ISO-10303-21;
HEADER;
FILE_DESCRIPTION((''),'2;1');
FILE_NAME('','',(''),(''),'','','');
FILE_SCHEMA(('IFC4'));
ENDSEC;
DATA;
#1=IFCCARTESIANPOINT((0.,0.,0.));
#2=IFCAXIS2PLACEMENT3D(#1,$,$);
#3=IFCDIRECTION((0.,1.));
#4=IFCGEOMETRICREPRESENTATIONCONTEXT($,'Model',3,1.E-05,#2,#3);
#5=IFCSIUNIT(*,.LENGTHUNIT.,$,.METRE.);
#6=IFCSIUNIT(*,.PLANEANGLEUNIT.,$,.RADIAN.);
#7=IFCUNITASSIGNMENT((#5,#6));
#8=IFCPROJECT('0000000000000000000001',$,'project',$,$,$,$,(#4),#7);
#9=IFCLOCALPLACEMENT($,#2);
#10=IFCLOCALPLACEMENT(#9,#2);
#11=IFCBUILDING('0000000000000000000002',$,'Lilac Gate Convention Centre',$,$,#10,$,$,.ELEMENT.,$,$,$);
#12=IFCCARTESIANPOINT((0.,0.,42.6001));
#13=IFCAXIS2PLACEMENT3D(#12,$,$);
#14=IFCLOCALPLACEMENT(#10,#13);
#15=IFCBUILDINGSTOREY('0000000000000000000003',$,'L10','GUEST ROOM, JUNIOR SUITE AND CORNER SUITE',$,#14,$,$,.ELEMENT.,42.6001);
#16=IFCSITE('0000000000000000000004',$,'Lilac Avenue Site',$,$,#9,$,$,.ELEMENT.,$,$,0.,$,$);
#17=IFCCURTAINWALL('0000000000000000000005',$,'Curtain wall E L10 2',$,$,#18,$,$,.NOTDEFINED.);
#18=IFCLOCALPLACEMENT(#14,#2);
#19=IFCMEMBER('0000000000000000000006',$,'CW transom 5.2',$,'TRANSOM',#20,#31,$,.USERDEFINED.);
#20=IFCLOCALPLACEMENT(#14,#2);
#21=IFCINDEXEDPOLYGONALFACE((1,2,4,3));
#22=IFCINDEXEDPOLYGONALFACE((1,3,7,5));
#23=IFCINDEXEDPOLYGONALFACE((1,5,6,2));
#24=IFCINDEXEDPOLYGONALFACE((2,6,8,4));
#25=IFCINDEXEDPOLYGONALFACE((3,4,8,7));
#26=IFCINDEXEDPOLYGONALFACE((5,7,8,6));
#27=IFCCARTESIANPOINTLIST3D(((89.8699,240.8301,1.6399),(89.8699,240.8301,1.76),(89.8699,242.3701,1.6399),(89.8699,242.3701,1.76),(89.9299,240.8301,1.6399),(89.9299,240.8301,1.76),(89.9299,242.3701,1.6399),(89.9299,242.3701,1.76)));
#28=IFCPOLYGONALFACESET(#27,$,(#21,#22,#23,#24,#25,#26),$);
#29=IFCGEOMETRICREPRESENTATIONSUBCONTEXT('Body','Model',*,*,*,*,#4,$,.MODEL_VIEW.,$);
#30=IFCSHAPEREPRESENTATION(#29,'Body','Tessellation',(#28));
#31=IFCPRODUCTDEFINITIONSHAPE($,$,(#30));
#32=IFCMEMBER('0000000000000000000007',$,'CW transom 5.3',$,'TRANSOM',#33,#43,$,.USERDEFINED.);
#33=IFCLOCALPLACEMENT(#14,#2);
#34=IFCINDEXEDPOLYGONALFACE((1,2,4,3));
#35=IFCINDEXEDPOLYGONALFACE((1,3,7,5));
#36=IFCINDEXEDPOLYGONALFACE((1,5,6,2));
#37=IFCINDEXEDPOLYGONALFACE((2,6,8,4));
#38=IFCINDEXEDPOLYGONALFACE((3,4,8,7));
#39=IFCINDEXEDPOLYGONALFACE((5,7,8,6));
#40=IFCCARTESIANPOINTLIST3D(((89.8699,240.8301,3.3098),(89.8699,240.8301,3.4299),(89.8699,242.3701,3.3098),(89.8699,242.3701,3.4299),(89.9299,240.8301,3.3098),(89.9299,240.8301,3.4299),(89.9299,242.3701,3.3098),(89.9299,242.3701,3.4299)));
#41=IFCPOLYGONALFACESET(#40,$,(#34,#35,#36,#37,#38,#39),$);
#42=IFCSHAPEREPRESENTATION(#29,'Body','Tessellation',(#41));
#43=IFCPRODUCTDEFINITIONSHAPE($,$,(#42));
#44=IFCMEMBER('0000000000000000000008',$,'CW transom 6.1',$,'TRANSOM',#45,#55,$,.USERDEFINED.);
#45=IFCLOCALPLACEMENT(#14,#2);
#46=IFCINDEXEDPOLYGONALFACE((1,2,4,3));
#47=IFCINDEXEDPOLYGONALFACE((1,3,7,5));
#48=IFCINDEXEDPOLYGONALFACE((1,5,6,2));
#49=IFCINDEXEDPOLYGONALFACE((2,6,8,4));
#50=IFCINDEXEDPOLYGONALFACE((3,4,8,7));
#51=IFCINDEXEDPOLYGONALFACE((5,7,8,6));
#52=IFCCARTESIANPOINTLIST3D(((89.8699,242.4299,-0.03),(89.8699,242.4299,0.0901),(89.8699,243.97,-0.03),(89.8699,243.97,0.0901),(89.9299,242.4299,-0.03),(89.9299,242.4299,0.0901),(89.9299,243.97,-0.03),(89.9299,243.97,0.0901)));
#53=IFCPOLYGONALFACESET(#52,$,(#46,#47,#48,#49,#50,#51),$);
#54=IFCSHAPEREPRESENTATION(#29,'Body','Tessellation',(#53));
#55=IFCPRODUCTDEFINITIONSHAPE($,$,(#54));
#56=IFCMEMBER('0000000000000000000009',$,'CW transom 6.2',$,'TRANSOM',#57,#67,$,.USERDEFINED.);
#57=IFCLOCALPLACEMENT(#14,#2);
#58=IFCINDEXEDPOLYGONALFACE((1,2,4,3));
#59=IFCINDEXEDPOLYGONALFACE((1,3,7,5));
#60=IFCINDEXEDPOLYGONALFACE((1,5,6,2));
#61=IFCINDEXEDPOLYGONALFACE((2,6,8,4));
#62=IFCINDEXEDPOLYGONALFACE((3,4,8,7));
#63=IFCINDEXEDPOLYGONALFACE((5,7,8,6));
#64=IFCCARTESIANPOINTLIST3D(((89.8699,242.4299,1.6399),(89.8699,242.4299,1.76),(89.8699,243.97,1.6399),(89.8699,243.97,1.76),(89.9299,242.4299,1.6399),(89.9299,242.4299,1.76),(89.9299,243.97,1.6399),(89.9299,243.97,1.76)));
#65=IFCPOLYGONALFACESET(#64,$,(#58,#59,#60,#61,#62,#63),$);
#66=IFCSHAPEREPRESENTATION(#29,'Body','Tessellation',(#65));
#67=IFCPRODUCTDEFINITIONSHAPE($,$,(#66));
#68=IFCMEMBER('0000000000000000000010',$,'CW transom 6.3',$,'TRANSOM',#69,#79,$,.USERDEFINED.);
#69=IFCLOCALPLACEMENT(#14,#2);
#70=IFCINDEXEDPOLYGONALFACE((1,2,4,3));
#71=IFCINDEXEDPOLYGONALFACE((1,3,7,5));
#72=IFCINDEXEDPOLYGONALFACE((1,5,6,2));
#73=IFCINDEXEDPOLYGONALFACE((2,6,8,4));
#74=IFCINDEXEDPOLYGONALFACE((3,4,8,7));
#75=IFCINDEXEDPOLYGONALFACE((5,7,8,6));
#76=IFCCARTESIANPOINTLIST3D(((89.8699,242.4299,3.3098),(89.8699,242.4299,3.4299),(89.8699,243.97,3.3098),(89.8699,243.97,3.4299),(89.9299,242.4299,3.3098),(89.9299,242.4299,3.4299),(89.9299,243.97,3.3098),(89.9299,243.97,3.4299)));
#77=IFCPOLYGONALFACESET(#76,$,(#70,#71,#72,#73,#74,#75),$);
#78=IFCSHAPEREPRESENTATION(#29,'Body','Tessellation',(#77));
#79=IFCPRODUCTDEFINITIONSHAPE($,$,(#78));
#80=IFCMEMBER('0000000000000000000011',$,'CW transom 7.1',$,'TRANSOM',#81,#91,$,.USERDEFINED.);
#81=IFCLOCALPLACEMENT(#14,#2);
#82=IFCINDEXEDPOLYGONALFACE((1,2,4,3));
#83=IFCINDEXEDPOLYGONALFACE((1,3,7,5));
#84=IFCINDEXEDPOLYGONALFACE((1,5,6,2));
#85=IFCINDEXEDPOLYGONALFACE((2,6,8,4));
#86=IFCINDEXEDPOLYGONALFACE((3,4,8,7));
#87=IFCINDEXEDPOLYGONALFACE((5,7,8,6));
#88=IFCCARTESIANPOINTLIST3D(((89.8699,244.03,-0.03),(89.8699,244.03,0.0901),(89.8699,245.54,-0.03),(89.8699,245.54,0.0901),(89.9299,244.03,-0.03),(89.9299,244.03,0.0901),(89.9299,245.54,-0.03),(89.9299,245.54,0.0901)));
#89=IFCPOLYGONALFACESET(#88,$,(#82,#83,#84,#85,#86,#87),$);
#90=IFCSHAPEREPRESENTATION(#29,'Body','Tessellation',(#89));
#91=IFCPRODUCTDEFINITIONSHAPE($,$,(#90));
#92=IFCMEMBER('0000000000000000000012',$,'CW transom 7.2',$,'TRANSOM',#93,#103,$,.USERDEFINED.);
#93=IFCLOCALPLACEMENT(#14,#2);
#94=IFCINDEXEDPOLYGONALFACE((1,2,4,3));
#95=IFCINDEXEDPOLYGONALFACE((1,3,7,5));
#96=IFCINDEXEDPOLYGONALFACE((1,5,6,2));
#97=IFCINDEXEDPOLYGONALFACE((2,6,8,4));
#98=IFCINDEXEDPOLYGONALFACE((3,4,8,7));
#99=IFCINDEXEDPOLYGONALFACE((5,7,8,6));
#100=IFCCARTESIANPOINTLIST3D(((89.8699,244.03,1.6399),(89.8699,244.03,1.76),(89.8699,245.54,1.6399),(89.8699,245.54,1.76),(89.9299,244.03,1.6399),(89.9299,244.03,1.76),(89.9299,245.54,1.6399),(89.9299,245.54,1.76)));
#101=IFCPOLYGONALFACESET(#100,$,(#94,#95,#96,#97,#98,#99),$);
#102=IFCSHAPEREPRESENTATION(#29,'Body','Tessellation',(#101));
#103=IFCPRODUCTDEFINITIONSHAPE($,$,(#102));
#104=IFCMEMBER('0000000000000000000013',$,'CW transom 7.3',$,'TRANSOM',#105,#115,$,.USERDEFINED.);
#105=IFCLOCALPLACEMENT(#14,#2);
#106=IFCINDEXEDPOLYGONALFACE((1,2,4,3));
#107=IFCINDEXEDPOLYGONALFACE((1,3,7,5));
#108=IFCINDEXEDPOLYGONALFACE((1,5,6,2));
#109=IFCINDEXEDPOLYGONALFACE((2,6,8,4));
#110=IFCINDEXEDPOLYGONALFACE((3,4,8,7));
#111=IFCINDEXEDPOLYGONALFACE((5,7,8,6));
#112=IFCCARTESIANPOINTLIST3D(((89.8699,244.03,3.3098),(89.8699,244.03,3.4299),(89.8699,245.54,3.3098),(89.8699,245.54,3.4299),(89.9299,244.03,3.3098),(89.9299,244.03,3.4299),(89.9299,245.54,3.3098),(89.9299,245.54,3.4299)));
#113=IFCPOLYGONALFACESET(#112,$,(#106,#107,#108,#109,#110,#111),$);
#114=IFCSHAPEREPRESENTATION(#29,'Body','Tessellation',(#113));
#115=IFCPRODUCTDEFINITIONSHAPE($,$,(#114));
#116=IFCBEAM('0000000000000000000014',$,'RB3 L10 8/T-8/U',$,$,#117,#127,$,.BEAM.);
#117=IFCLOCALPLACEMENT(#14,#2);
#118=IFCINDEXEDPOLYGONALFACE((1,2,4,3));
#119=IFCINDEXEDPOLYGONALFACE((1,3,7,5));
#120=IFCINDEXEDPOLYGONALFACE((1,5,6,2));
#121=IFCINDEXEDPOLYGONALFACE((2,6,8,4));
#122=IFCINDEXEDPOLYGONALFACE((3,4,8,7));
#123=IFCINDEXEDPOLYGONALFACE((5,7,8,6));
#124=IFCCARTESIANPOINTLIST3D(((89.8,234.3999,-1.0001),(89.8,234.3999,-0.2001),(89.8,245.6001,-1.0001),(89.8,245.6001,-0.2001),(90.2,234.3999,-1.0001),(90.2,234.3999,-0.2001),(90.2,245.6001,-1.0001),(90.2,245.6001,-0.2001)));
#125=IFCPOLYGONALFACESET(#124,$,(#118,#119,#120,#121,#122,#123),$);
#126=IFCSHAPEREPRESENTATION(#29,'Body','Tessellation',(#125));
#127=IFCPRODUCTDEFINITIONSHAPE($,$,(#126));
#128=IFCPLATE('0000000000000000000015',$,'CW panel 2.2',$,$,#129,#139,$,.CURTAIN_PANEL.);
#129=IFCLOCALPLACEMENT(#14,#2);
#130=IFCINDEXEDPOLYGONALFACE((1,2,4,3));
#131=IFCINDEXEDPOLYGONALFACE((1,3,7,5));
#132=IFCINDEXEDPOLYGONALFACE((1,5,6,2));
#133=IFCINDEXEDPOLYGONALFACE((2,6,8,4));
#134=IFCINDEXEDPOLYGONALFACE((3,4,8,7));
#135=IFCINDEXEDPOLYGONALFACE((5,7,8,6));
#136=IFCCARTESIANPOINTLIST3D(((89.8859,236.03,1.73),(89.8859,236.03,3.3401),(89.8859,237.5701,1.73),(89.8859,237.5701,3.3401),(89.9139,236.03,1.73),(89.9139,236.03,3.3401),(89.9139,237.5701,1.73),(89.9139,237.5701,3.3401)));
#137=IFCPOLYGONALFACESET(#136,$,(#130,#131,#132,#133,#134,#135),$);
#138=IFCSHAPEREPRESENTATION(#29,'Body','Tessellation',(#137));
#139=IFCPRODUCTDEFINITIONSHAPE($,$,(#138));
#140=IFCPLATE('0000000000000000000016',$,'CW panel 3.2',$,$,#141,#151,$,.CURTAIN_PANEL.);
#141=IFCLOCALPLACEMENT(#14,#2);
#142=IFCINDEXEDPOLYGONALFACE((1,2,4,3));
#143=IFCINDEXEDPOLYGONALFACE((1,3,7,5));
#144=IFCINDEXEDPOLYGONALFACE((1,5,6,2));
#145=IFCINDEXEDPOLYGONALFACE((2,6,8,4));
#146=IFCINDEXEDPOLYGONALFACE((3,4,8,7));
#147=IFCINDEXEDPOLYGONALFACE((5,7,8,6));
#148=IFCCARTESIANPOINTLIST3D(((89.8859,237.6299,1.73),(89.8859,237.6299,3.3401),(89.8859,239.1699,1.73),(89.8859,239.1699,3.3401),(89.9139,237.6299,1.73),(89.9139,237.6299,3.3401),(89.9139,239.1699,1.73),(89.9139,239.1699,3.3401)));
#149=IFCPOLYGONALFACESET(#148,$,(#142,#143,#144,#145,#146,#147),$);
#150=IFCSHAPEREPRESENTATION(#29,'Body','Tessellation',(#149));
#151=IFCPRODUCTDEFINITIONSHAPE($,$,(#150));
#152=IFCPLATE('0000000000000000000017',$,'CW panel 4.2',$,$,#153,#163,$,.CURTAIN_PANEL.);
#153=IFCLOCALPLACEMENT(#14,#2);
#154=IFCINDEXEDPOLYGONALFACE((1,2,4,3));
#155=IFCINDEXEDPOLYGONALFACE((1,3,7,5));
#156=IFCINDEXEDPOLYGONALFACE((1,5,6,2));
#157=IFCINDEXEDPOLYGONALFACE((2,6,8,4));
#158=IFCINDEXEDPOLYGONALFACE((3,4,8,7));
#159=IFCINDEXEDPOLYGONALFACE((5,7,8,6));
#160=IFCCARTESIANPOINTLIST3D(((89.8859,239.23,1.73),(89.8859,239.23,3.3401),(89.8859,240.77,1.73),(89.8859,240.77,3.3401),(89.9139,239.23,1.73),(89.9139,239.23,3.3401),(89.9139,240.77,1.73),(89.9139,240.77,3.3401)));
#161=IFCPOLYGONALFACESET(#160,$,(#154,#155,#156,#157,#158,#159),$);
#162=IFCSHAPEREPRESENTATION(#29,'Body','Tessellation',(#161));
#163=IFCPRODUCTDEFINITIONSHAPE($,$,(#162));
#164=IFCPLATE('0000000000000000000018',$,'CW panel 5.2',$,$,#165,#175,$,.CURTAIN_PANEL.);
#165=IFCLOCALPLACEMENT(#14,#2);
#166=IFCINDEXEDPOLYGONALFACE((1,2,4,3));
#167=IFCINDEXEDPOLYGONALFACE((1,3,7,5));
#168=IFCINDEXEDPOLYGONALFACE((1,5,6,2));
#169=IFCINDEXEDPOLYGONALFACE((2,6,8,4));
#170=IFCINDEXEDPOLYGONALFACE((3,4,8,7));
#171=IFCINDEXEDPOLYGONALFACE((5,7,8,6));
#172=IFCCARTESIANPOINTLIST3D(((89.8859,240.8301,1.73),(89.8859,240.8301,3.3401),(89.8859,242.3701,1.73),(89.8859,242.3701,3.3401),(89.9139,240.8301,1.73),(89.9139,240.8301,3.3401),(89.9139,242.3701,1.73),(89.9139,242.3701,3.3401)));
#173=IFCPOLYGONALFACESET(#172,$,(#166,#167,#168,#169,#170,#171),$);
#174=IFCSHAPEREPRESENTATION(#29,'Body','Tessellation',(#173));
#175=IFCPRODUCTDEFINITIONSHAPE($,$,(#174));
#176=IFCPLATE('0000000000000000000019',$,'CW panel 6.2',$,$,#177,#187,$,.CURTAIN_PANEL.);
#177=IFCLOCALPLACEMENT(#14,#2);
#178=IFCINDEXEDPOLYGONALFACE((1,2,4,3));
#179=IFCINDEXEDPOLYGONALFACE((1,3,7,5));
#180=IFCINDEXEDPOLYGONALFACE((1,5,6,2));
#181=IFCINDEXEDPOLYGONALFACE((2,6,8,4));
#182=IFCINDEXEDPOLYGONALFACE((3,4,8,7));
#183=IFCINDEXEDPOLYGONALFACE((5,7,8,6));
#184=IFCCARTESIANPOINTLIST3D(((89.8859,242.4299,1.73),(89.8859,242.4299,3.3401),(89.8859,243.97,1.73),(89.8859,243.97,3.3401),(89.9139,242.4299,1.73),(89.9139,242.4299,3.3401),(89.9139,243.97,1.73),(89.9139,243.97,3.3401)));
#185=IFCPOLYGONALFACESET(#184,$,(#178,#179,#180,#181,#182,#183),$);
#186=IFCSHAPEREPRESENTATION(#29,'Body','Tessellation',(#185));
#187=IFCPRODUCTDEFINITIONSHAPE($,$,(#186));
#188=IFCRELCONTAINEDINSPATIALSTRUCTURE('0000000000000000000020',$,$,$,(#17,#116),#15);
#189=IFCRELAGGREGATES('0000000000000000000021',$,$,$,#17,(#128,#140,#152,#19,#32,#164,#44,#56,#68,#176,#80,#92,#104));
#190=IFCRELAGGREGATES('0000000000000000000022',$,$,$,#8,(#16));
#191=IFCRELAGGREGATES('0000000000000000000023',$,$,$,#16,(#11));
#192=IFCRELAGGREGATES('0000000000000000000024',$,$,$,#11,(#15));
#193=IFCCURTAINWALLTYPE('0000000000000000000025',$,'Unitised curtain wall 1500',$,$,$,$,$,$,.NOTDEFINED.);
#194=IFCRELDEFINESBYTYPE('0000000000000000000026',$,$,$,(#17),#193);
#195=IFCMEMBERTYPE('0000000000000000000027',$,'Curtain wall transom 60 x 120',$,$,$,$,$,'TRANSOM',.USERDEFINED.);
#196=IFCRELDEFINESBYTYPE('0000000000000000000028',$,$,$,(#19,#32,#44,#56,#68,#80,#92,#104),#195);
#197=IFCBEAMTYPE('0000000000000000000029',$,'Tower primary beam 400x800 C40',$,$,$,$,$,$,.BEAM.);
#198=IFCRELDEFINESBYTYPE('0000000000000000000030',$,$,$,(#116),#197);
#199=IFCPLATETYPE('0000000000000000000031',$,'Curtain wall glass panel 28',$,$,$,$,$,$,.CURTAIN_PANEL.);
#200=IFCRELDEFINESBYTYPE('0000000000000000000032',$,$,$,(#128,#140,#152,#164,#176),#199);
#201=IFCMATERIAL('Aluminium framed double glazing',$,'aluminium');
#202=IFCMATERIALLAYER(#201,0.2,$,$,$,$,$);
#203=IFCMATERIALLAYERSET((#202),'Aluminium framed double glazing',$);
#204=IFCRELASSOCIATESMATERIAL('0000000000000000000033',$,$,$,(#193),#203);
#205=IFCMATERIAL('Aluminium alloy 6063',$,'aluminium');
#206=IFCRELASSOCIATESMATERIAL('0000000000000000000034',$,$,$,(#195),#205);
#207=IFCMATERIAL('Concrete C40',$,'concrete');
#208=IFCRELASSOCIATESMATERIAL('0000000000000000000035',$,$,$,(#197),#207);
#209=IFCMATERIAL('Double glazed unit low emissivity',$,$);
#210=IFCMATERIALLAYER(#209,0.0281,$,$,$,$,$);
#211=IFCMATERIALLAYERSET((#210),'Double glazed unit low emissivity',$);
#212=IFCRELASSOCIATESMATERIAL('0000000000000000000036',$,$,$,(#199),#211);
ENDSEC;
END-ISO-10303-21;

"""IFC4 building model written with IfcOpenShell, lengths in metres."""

from ifc_helpers import new_model, si_unit, direction, frame, origin, origin_2d, place, context, subcontext, project, spatial, rectangle, extrude, material, layer, layer_set, material_profile, profile_set, type_object, element, aggregate, save


model = new_model("IFC4")

# Units and contexts
model_context = context("Model", 3, precision=1e-05, world=origin(), true_north=direction((0.0, 1.0)))
body_context = subcontext(model_context, "Body", "Model", "MODEL_VIEW")
ifc_project = project(units=[si_unit("LENGTHUNIT", "METRE"), si_unit("PLANEANGLEUNIT", "RADIAN")], contexts=[model_context])

# Site, building, storey
site_placement = place(None, origin())
site = spatial("IfcSite", under=ifc_project, at=site_placement, Name="Lilac Avenue Site", CompositionType="ELEMENT", RefElevation=0.0)
building_placement = place(site_placement, origin())
building = spatial("IfcBuilding", under=site, at=building_placement, Name="Lilac Gate Convention Centre", CompositionType="ELEMENT")
storey_placement = place(building_placement, frame((0.0, 0.0, 42.6001)))
storey = spatial("IfcBuildingStorey", under=building, at=storey_placement, Name="L10", Description="GUEST ROOM, JUNIOR SUITE AND CORNER SUITE", CompositionType="ELEMENT", Elevation=42.6001)

# Shared definitions
ifc_material_1 = material(Name="Concrete C40", Category="concrete")

# Curtain wall, members
ifc_material_2 = material(Name="Aluminium framed double glazing", Category="aluminium")
ifc_layer_1 = layer(ifc_material_2, 0.2)
ifc_layer_set_1 = layer_set([ifc_layer_1], Name="Aluminium framed double glazing")
curtain_wall_type = type_object("IfcCurtainWallType", Name="Unitised curtain wall 1500", PredefinedType="NOTDEFINED", material=ifc_layer_set_1)
curtain_wall_placement = place(storey_placement, origin())
curtain_wall = element("IfcCurtainWall", 1, at=curtain_wall_placement, inside=storey, type_object=curtain_wall_type, Name="Curtain wall E L10 2", PredefinedType="NOTDEFINED")
ifc_material_3 = material(Name="Aluminium alloy 6063", Category="aluminium")
ifc_material_profile_1 = material_profile(ifc_material_3, rectangle(XDim=0.0601, YDim=0.1201, at=origin_2d()), Name="Curtain wall transom 60 x 120")
ifc_profile_set_1 = profile_set([ifc_material_profile_1], Name="Aluminium alloy 6063")
member_type_1 = type_object("IfcMemberType", Name="Curtain wall transom 60 x 120", ElementType="TRANSOM", PredefinedType="USERDEFINED", material=ifc_profile_set_1)
member_1_placement = place(storey_placement, frame((89.8999, 240.8301, 1.7), z_axis=(0.0, 1.0, 0.0), x_axis=(-1.0, 0.0, 0.0)))
member_1 = element("IfcMember", 2, at=member_1_placement, type_object=member_type_1, Name="CW transom 5.2", ObjectType="TRANSOM", PredefinedType="USERDEFINED", context=body_context, shape_type="SweptSolid", body=[
    extrude(rectangle(XDim=0.0601, YDim=0.1201, at=origin_2d()), origin(), (0.0, 0.0, 1.0), 1.54),
])
member_2_placement = place(storey_placement, frame((89.8999, 240.8301, 3.3699), z_axis=(0.0, 1.0, 0.0), x_axis=(-1.0, 0.0, 0.0)))
member_2 = element("IfcMember", 3, at=member_2_placement, type_object=member_type_1, Name="CW transom 5.3", ObjectType="TRANSOM", PredefinedType="USERDEFINED", context=body_context, shape_type="SweptSolid", body=[
    extrude(rectangle(XDim=0.0601, YDim=0.1201, at=origin_2d()), origin(), (0.0, 0.0, 1.0), 1.54),
])
member_3_placement = place(storey_placement, frame((89.8999, 242.4299, 0.03), z_axis=(0.0, 1.0, 0.0), x_axis=(-1.0, 0.0, 0.0)))
member_3 = element("IfcMember", 4, at=member_3_placement, type_object=member_type_1, Name="CW transom 6.1", ObjectType="TRANSOM", PredefinedType="USERDEFINED", context=body_context, shape_type="SweptSolid", body=[
    extrude(rectangle(XDim=0.0601, YDim=0.1201, at=origin_2d()), origin(), (0.0, 0.0, 1.0), 1.54),
])
member_4_placement = place(storey_placement, frame((89.8999, 242.4299, 1.7), z_axis=(0.0, 1.0, 0.0), x_axis=(-1.0, 0.0, 0.0)))
member_4 = element("IfcMember", 5, at=member_4_placement, type_object=member_type_1, Name="CW transom 6.2", ObjectType="TRANSOM", PredefinedType="USERDEFINED", context=body_context, shape_type="SweptSolid", body=[
    extrude(rectangle(XDim=0.0601, YDim=0.1201, at=origin_2d()), origin(), (0.0, 0.0, 1.0), 1.54),
])
member_5_placement = place(storey_placement, frame((89.8999, 242.4299, 3.3699), z_axis=(0.0, 1.0, 0.0), x_axis=(-1.0, 0.0, 0.0)))
member_5 = element("IfcMember", 6, at=member_5_placement, type_object=member_type_1, Name="CW transom 6.3", ObjectType="TRANSOM", PredefinedType="USERDEFINED", context=body_context, shape_type="SweptSolid", body=[
    extrude(rectangle(XDim=0.0601, YDim=0.1201, at=origin_2d()), origin(), (0.0, 0.0, 1.0), 1.54),
])
member_6_placement = place(storey_placement, frame((89.8999, 244.03, 0.03), z_axis=(0.0, 1.0, 0.0), x_axis=(-1.0, 0.0, 0.0)))
member_6 = element("IfcMember", 7, at=member_6_placement, type_object=member_type_1, Name="CW transom 7.1", ObjectType="TRANSOM", PredefinedType="USERDEFINED", context=body_context, shape_type="SweptSolid", body=[
    extrude(rectangle(XDim=0.0601, YDim=0.1201, at=origin_2d()), origin(), (0.0, 0.0, 1.0), 1.51),
])
member_7_placement = place(storey_placement, frame((89.8999, 244.03, 1.7), z_axis=(0.0, 1.0, 0.0), x_axis=(-1.0, 0.0, 0.0)))
member_7 = element("IfcMember", 8, at=member_7_placement, type_object=member_type_1, Name="CW transom 7.2", ObjectType="TRANSOM", PredefinedType="USERDEFINED", context=body_context, shape_type="SweptSolid", body=[
    extrude(rectangle(XDim=0.0601, YDim=0.1201, at=origin_2d()), origin(), (0.0, 0.0, 1.0), 1.51),
])
member_8_placement = place(storey_placement, frame((89.8999, 244.03, 3.3699), z_axis=(0.0, 1.0, 0.0), x_axis=(-1.0, 0.0, 0.0)))
member_8 = element("IfcMember", 9, at=member_8_placement, type_object=member_type_1, Name="CW transom 7.3", ObjectType="TRANSOM", PredefinedType="USERDEFINED", context=body_context, shape_type="SweptSolid", body=[
    extrude(rectangle(XDim=0.0601, YDim=0.1201, at=origin_2d()), origin(), (0.0, 0.0, 1.0), 1.51),
])

# Beam
ifc_material_profile_2 = material_profile(ifc_material_1, rectangle(XDim=0.3999, YDim=0.8, at=origin_2d()), Name="RC 400x800")
ifc_profile_set_2 = profile_set([ifc_material_profile_2], Name="Concrete C40")
beam_type = type_object("IfcBeamType", Name="Tower primary beam 400x800 C40", PredefinedType="BEAM", material=ifc_profile_set_2)
beam_placement = place(storey_placement, frame((90.0, 234.3999, -0.6001), z_axis=(0.0, 1.0, 0.0), x_axis=(-1.0, 0.0, 0.0)))
element("IfcBeam", 10, at=beam_placement, inside=storey, type_object=beam_type, Name="RB3 L10 8/T-8/U", PredefinedType="BEAM", context=body_context, shape_type="SweptSolid", body=[
    extrude(rectangle(XDim=0.3999, YDim=0.8, at=origin_2d()), origin(), (0.0, 0.0, 1.0), 11.2002),
])

# Plates
ifc_material_4 = material(Name="Double glazed unit low emissivity")
ifc_layer_2 = layer(ifc_material_4, 0.0281)
ifc_layer_set_2 = layer_set([ifc_layer_2], Name="Double glazed unit low emissivity")
plate_type_1 = type_object("IfcPlateType", Name="Curtain wall glass panel 28", PredefinedType="CURTAIN_PANEL", material=ifc_layer_set_2)
plate_1_placement = place(storey_placement, frame((89.8999, 236.8, 1.73), z_axis=(0.0, 0.0, 1.0), x_axis=(0.0, 1.0, 0.0)))
plate_1 = element("IfcPlate", 11, at=plate_1_placement, type_object=plate_type_1, Name="CW panel 2.2", PredefinedType="CURTAIN_PANEL", context=body_context, shape_type="SweptSolid", body=[
    extrude(rectangle(XDim=1.54, YDim=0.0281, at=origin_2d()), origin(), (0.0, 0.0, 1.0), 1.6101),
])
plate_2_placement = place(storey_placement, frame((89.8999, 238.3999, 1.73), z_axis=(0.0, 0.0, 1.0), x_axis=(0.0, 1.0, 0.0)))
plate_2 = element("IfcPlate", 12, at=plate_2_placement, type_object=plate_type_1, Name="CW panel 3.2", PredefinedType="CURTAIN_PANEL", context=body_context, shape_type="SweptSolid", body=[
    extrude(rectangle(XDim=1.54, YDim=0.0281, at=origin_2d()), origin(), (0.0, 0.0, 1.0), 1.6101),
])
plate_3_placement = place(storey_placement, frame((89.8999, 240.0, 1.73), z_axis=(0.0, 0.0, 1.0), x_axis=(0.0, 1.0, 0.0)))
plate_3 = element("IfcPlate", 13, at=plate_3_placement, type_object=plate_type_1, Name="CW panel 4.2", PredefinedType="CURTAIN_PANEL", context=body_context, shape_type="SweptSolid", body=[
    extrude(rectangle(XDim=1.54, YDim=0.0281, at=origin_2d()), origin(), (0.0, 0.0, 1.0), 1.6101),
])
plate_4_placement = place(storey_placement, frame((89.8999, 241.6001, 1.73), z_axis=(0.0, 0.0, 1.0), x_axis=(0.0, 1.0, 0.0)))
plate_4 = element("IfcPlate", 14, at=plate_4_placement, type_object=plate_type_1, Name="CW panel 5.2", PredefinedType="CURTAIN_PANEL", context=body_context, shape_type="SweptSolid", body=[
    extrude(rectangle(XDim=1.54, YDim=0.0281, at=origin_2d()), origin(), (0.0, 0.0, 1.0), 1.6101),
])
plate_5_placement = place(storey_placement, frame((89.8999, 243.2, 1.73), z_axis=(0.0, 0.0, 1.0), x_axis=(0.0, 1.0, 0.0)))
plate_5 = element("IfcPlate", 15, at=plate_5_placement, type_object=plate_type_1, Name="CW panel 6.2", PredefinedType="CURTAIN_PANEL", context=body_context, shape_type="SweptSolid", body=[
    extrude(rectangle(XDim=1.54, YDim=0.0281, at=origin_2d()), origin(), (0.0, 0.0, 1.0), 1.6101),
])
aggregate(curtain_wall, [plate_1, plate_2, plate_3, member_1, member_2, plate_4, member_3, member_4, member_5, plate_5, member_6, member_7, member_8])

save(model, "model.ifc")
